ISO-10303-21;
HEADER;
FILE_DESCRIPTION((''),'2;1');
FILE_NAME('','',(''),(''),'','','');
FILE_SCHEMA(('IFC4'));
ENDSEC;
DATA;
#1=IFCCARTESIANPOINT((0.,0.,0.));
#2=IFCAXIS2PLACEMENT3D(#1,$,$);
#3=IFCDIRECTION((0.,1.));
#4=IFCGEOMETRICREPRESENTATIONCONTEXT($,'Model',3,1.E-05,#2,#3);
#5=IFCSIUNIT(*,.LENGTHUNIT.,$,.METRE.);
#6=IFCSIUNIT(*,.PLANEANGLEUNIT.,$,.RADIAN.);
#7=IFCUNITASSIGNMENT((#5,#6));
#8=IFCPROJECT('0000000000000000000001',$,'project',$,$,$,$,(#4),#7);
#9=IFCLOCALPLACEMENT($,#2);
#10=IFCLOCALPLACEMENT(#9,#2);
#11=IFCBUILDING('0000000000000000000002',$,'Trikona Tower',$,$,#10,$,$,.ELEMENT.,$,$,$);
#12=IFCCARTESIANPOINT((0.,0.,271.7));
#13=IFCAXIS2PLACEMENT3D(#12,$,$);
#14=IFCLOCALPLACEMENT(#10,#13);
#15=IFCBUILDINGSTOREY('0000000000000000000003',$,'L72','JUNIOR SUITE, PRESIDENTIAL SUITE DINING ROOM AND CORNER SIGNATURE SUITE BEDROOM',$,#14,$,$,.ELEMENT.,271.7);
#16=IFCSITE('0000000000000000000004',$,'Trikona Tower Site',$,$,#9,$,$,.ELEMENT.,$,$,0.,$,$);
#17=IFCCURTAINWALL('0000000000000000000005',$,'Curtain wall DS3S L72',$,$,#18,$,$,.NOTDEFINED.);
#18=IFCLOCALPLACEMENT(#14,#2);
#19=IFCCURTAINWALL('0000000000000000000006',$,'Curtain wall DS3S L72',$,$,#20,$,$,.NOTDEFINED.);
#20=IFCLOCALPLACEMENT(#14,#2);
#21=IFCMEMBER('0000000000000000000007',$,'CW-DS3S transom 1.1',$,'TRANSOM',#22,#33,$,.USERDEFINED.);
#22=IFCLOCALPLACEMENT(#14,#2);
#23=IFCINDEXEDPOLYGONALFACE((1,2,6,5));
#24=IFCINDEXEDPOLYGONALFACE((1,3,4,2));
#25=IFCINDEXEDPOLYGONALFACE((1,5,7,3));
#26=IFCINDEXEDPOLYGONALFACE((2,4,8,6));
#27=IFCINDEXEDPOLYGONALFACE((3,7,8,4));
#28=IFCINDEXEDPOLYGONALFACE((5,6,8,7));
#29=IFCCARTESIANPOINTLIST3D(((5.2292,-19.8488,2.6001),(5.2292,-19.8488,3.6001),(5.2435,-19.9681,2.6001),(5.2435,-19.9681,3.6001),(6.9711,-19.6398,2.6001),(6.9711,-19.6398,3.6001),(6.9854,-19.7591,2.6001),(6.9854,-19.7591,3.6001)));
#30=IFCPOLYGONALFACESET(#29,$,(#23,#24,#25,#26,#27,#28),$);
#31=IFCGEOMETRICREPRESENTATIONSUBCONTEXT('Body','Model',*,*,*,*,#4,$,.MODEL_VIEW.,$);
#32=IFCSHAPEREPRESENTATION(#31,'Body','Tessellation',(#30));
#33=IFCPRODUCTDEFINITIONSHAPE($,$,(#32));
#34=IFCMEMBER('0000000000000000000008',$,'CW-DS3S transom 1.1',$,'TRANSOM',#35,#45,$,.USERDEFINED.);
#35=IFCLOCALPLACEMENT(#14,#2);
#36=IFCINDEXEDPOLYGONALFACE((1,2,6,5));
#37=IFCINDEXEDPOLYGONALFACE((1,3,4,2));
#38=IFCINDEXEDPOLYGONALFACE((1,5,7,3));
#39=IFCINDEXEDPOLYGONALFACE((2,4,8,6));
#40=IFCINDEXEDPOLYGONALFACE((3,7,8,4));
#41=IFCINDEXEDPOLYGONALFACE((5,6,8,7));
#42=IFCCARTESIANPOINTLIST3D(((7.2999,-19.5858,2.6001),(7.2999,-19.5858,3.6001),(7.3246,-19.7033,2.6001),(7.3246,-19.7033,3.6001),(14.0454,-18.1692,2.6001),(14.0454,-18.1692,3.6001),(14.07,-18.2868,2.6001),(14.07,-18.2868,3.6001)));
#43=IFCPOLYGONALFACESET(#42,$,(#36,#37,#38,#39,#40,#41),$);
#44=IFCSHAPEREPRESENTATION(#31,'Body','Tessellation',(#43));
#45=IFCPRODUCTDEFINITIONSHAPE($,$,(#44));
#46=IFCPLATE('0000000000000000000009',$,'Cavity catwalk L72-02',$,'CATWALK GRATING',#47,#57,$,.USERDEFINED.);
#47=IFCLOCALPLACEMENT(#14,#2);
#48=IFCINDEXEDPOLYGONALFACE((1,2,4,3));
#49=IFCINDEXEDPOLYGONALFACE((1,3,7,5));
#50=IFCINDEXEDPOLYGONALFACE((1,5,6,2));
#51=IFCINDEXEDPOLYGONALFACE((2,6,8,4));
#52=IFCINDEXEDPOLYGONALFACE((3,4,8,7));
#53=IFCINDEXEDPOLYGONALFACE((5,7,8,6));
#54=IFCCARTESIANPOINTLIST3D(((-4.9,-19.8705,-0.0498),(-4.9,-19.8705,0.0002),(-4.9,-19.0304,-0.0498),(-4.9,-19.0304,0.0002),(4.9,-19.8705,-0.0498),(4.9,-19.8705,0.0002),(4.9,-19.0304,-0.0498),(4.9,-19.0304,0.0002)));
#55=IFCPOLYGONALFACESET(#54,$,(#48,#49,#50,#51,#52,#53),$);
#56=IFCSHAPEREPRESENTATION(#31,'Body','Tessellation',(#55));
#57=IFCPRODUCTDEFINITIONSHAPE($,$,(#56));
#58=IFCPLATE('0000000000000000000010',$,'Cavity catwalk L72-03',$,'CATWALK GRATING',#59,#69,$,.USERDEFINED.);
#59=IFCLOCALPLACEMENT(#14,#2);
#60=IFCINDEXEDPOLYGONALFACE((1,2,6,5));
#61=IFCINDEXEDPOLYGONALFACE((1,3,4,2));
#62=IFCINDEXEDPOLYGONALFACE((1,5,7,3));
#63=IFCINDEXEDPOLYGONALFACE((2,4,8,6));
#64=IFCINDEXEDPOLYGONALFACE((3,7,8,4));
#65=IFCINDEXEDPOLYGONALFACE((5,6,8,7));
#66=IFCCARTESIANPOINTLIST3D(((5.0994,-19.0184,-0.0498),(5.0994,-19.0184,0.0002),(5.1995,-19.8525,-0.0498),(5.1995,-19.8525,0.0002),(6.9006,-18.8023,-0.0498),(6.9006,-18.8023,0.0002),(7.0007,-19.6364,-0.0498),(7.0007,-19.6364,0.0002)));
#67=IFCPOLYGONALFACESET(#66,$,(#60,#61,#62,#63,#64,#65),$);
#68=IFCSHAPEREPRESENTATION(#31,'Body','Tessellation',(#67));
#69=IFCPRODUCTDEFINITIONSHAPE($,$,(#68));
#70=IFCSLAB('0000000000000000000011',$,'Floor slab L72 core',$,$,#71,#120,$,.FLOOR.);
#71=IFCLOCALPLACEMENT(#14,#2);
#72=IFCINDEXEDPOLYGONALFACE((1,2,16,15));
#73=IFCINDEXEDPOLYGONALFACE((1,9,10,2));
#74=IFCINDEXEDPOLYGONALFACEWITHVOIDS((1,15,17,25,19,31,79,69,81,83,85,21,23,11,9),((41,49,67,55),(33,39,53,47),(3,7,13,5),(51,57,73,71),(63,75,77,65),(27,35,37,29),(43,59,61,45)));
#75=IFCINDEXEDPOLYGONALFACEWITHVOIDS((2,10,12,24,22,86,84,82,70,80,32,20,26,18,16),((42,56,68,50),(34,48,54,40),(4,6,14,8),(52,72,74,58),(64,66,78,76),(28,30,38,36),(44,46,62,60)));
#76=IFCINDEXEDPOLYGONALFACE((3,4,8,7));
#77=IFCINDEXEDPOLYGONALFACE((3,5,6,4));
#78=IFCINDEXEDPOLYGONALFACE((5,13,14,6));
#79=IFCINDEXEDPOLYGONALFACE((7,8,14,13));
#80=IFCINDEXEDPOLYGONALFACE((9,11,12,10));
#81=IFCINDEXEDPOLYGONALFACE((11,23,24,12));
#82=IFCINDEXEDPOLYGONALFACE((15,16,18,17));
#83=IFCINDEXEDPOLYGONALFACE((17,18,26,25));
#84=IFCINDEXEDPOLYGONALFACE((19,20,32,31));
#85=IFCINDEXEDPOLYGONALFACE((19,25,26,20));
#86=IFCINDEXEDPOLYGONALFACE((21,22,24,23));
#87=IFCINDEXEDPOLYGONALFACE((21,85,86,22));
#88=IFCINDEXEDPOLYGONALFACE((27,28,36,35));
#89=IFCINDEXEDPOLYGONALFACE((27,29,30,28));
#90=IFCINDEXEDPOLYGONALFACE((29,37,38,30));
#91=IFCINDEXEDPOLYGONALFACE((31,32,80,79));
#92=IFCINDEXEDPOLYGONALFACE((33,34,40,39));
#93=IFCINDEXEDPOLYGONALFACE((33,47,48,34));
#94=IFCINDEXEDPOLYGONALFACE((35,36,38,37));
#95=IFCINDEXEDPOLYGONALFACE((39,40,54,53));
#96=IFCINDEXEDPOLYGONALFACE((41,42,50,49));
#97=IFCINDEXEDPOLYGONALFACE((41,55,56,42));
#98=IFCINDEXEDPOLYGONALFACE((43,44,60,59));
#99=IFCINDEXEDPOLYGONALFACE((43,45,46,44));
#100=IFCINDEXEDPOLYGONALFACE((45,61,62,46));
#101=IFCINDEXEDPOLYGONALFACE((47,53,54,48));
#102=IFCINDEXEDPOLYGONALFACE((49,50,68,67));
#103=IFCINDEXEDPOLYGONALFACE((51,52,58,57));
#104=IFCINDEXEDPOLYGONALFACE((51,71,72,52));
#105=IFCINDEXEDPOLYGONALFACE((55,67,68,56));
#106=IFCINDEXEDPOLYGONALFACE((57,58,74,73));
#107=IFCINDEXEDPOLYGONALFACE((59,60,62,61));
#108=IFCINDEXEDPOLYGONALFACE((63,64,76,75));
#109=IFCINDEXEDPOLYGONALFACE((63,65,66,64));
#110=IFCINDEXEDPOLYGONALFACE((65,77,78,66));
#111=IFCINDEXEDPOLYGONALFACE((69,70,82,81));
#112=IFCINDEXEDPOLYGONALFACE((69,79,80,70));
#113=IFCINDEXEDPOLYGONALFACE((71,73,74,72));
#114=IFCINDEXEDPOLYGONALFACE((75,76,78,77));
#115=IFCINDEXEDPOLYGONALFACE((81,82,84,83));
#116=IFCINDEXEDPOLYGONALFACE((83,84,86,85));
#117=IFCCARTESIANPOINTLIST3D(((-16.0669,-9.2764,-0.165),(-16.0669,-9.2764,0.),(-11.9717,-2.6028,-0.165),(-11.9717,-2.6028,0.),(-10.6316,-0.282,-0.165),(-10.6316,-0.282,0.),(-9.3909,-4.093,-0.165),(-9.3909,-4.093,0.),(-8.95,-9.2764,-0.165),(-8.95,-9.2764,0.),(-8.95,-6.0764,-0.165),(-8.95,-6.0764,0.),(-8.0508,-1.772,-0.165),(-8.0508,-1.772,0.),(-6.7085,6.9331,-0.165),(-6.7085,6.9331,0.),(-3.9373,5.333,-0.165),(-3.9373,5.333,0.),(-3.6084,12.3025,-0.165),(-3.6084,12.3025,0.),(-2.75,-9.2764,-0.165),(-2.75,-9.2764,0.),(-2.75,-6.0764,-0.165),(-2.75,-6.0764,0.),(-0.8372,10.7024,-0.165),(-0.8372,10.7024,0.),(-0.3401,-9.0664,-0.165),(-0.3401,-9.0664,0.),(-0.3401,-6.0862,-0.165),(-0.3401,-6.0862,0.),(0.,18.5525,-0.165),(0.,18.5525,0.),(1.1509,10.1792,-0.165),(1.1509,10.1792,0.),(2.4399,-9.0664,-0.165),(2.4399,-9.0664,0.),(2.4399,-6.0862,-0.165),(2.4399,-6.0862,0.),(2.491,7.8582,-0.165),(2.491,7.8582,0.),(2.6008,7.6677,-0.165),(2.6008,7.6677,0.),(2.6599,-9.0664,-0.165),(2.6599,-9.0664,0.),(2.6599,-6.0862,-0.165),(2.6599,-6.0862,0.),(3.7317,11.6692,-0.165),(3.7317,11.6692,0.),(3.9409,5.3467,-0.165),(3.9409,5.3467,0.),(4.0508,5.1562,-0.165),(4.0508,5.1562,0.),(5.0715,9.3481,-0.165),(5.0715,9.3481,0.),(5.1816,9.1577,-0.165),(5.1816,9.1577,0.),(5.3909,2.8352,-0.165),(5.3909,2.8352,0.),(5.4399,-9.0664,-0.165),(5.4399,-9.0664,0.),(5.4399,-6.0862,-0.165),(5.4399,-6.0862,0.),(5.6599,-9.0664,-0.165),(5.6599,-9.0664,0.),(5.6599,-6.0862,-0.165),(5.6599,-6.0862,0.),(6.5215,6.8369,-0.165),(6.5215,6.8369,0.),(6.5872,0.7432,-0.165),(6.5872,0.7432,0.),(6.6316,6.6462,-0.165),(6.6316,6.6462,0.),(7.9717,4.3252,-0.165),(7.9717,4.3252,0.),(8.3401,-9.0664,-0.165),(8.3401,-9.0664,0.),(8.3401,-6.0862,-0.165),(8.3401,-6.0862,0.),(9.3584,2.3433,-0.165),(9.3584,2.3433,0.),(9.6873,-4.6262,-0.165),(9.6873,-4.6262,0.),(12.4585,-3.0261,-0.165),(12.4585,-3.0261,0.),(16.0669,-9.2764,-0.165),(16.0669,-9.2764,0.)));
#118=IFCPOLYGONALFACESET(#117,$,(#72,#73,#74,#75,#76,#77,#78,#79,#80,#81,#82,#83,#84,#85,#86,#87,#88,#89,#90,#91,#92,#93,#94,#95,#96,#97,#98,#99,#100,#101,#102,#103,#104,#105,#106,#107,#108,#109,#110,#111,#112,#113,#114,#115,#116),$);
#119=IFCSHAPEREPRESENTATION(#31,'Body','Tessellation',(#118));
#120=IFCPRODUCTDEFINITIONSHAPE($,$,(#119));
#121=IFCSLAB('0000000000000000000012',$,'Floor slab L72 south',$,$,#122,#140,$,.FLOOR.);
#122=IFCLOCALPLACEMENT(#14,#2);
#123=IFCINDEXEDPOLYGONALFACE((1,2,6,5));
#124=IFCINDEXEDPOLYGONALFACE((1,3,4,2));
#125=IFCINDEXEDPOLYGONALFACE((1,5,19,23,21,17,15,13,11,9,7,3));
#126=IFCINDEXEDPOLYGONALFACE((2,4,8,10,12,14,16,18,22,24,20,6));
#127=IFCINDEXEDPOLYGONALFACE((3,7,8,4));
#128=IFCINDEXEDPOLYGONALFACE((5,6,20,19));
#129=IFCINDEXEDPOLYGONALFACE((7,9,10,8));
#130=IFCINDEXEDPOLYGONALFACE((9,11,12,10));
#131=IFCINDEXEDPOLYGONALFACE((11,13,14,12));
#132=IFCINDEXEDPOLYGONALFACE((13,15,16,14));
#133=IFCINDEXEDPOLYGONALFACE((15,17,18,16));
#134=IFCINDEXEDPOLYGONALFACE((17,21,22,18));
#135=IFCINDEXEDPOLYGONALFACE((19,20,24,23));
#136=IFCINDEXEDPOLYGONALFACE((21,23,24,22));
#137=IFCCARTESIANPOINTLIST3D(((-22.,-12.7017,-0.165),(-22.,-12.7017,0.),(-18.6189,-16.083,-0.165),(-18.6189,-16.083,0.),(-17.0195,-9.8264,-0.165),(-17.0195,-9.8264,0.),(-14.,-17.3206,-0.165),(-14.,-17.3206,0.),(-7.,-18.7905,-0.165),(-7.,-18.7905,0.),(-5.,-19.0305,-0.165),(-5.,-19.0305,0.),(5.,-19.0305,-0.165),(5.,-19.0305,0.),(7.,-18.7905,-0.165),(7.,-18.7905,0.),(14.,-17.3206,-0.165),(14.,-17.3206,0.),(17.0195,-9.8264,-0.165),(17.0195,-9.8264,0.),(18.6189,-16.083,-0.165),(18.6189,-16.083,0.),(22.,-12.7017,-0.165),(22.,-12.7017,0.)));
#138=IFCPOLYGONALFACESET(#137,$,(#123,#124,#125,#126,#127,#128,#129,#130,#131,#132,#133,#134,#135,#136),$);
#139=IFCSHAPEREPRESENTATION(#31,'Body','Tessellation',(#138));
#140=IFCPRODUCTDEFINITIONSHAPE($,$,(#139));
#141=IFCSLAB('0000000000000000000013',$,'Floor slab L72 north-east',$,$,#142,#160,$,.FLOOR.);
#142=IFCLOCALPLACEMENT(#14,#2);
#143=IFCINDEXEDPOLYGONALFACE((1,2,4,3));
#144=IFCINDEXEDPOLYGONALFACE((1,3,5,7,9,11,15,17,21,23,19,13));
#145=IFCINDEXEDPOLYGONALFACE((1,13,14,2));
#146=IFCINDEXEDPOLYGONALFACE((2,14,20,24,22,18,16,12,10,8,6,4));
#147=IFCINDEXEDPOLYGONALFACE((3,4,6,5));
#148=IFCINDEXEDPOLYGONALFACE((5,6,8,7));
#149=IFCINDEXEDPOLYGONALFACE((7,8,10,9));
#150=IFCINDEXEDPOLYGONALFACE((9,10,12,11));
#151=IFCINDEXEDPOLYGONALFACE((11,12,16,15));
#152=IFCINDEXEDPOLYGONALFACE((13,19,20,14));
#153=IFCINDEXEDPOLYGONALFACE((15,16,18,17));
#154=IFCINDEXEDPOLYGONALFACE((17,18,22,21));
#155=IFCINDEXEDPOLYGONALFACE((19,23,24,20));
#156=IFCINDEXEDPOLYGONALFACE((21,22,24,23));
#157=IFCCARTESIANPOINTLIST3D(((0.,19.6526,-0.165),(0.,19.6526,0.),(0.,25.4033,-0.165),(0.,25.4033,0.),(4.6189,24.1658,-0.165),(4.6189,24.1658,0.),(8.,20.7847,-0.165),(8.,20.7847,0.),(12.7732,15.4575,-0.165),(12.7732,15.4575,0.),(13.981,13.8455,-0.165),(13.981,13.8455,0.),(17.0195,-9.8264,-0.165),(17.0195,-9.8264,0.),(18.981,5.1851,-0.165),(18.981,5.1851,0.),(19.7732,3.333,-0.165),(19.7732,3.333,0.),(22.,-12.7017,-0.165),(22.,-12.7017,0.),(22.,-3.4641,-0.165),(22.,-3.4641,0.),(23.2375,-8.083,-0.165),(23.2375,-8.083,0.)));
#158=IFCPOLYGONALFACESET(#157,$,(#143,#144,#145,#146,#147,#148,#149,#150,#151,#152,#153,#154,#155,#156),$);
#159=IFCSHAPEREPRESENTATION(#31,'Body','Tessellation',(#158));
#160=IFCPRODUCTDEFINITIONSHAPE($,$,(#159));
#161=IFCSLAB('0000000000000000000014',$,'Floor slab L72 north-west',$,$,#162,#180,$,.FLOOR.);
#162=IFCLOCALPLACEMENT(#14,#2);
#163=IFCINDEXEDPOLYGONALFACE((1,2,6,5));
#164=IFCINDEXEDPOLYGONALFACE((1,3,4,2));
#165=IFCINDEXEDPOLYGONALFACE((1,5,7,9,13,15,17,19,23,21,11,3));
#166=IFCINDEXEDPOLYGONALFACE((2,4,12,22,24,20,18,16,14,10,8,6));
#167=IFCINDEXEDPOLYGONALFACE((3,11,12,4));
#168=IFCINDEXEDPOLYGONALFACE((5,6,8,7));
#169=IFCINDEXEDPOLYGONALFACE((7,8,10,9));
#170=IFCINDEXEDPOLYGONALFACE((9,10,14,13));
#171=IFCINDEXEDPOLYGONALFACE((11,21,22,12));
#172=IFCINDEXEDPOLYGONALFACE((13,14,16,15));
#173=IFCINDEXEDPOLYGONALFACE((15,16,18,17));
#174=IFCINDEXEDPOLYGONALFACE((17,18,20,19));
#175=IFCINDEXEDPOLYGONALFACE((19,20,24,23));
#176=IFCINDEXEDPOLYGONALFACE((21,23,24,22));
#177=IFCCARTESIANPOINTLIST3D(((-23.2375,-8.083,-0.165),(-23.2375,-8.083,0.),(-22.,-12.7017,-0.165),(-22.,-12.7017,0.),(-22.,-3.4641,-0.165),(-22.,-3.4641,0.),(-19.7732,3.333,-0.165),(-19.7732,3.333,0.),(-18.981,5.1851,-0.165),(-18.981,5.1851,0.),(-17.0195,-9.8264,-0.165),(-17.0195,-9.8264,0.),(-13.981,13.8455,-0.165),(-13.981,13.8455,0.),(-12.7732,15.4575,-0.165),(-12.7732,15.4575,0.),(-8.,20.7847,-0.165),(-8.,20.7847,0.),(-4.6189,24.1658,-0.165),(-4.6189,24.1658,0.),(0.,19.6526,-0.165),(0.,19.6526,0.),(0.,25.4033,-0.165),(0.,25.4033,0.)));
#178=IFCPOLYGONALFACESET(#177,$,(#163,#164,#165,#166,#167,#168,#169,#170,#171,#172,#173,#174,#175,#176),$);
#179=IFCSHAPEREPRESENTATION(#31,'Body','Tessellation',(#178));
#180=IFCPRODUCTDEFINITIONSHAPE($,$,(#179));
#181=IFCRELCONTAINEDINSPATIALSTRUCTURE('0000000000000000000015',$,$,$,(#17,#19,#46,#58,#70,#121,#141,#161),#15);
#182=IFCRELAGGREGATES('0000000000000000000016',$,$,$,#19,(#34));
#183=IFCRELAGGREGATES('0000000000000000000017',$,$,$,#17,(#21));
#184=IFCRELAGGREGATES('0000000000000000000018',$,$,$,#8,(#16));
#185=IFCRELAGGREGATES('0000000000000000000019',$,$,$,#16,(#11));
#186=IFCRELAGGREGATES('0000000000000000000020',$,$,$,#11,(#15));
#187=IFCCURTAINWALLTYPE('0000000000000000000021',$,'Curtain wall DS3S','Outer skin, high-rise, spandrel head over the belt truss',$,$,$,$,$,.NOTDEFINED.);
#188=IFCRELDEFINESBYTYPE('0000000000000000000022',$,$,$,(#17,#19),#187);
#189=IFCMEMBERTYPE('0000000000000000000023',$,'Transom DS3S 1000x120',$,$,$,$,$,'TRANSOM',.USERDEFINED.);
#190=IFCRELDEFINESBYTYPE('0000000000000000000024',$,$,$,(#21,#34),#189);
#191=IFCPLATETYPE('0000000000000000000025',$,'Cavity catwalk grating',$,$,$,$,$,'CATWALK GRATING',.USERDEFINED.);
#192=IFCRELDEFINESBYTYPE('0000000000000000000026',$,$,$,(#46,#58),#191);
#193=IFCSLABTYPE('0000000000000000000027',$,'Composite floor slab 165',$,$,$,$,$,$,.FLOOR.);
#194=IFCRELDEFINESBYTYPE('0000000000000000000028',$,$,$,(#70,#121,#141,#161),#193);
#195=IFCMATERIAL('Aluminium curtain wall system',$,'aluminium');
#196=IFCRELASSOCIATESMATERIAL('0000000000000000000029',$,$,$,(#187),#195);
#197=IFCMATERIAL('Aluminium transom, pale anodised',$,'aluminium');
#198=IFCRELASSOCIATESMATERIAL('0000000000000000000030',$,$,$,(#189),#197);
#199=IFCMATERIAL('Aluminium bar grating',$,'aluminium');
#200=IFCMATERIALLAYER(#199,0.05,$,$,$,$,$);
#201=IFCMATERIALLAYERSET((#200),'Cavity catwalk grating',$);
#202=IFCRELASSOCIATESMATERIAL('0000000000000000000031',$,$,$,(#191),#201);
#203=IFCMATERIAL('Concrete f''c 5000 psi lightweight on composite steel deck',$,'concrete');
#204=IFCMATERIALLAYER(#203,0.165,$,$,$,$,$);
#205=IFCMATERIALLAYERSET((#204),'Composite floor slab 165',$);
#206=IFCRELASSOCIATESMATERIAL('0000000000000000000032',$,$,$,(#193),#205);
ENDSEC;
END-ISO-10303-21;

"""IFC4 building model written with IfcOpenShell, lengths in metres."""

from ifc_helpers import new_model, si_unit, direction, frame, origin, origin_2d, place, context, subcontext, project, spatial, polyline, rectangle, outline, extrude, material, layer, layer_set, material_profile, profile_set, type_object, element, aggregate, save


model = new_model("IFC4")

# Units and contexts
model_context = context("Model", 3, precision=1e-05, world=origin(), true_north=direction((0.0, 1.0)))
body_context = subcontext(model_context, "Body", "Model", "MODEL_VIEW")
ifc_project = project(units=[si_unit("LENGTHUNIT", "METRE"), si_unit("PLANEANGLEUNIT", "RADIAN")], contexts=[model_context])

# Site, building, storey
site_placement = place(None, origin())
site = spatial("IfcSite", under=ifc_project, at=site_placement, Name="Trikona Tower Site", CompositionType="ELEMENT", RefElevation=0.0)
building_placement = place(site_placement, origin())
building = spatial("IfcBuilding", under=site, at=building_placement, Name="Trikona Tower", CompositionType="ELEMENT")
storey_placement = place(building_placement, frame((0.0, 0.0, 271.7)))
storey = spatial("IfcBuildingStorey", under=building, at=storey_placement, Name="L72", Description="JUNIOR SUITE, PRESIDENTIAL SUITE DINING ROOM AND CORNER SIGNATURE SUITE BEDROOM", CompositionType="ELEMENT", Elevation=271.7)

# Shared definitions
ifc_material_1 = material(Name="Aluminium curtain wall system", Category="aluminium")
curtain_wall_type = type_object("IfcCurtainWallType", Name="Curtain wall DS3S", Description="Outer skin, high-rise, spandrel head over the belt truss", PredefinedType="NOTDEFINED", material=ifc_material_1)

# Curtain wall
curtain_wall_1_placement = place(storey_placement, origin())
curtain_wall_1 = element("IfcCurtainWall", 1, at=curtain_wall_1_placement, inside=storey, type_object=curtain_wall_type, Name="Curtain wall DS3S L72", PredefinedType="NOTDEFINED")

# Curtain wall
curtain_wall_2_placement = place(storey_placement, origin())
curtain_wall_2 = element("IfcCurtainWall", 2, at=curtain_wall_2_placement, inside=storey, type_object=curtain_wall_type, Name="Curtain wall DS3S L72", PredefinedType="NOTDEFINED")

# Members
ifc_material_2 = material(Name="Aluminium transom, pale anodised", Category="aluminium")
ifc_material_profile_1 = material_profile(ifc_material_2, rectangle(XDim=0.1201, YDim=1.0, at=origin_2d()), Name="TRN-DS3S")
ifc_profile_set_1 = profile_set([ifc_material_profile_1], Name="Aluminium transom, pale anodised")
member_type_1 = type_object("IfcMemberType", Name="Transom DS3S 1000x120", ElementType="TRANSOM", PredefinedType="USERDEFINED", material=ifc_profile_set_1)
member_1_placement = place(storey_placement, frame((5.2363, -19.9084, 3.1001), z_axis=(0.99288, 0.119118, 0.0), x_axis=(-0.119118, 0.99288, 0.0)))
member_1 = element("IfcMember", 3, at=member_1_placement, type_object=member_type_1, Name="CW-DS3S transom 1.1", ObjectType="TRANSOM", PredefinedType="USERDEFINED", context=body_context, shape_type="SweptSolid", body=[
    extrude(rectangle(XDim=0.1201, YDim=1.0, at=origin_2d()), origin(), (0.0, 0.0, 1.0), 1.7544),
])
member_2_placement = place(storey_placement, frame((7.3123, -19.6445, 3.1001), z_axis=(0.978654, 0.205514, 0.0), x_axis=(-0.205514, 0.978654, 0.0)))
member_2 = element("IfcMember", 4, at=member_2_placement, type_object=member_type_1, Name="CW-DS3S transom 1.1", ObjectType="TRANSOM", PredefinedType="USERDEFINED", context=body_context, shape_type="SweptSolid", body=[
    extrude(rectangle(XDim=0.1201, YDim=1.0, at=origin_2d()), origin(), (0.0, 0.0, 1.0), 6.8926),
])
aggregate(curtain_wall_2, [member_2])

# Plates
ifc_material_3 = material(Name="Aluminium bar grating", Category="aluminium")
ifc_layer_1 = layer(ifc_material_3, 0.05)
ifc_layer_set_1 = layer_set([ifc_layer_1], Name="Cavity catwalk grating")
plate_type_1 = type_object("IfcPlateType", Name="Cavity catwalk grating", ElementType="CATWALK GRATING", PredefinedType="USERDEFINED", material=ifc_layer_set_1)
plate_1_placement = place(storey_placement, frame((0.0, -19.4504, -0.0498), z_axis=(0.0, 0.0, 1.0), x_axis=(1.0, 0.0, 0.0)))
element("IfcPlate", 5, at=plate_1_placement, inside=storey, type_object=plate_type_1, Name="Cavity catwalk L72-02", ObjectType="CATWALK GRATING", PredefinedType="USERDEFINED", context=body_context, shape_type="SweptSolid", body=[
    extrude(rectangle(XDim=9.8, YDim=0.8401, at=origin_2d()), origin(), (0.0, 0.0, 1.0), 0.05),
])
plate_2_placement = place(storey_placement, frame((6.05, -19.3274, -0.0498), z_axis=(0.0, 0.0, 1.0), x_axis=(0.992877, 0.119146, 0.0)))
element("IfcPlate", 6, at=plate_2_placement, inside=storey, type_object=plate_type_1, Name="Cavity catwalk L72-03", ObjectType="CATWALK GRATING", PredefinedType="USERDEFINED", context=body_context, shape_type="SweptSolid", body=[
    extrude(rectangle(XDim=1.8142, YDim=0.8401, at=origin_2d()), origin(), (0.0, 0.0, 1.0), 0.05),
])

# Slabs
ifc_material_4 = material(Name="Concrete f'c 5000 psi lightweight on composite steel deck", Category="concrete")
ifc_layer_2 = layer(ifc_material_4, 0.165)
ifc_layer_set_2 = layer_set([ifc_layer_2], Name="Composite floor slab 165")
slab_type_1 = type_object("IfcSlabType", Name="Composite floor slab 165", PredefinedType="FLOOR", material=ifc_layer_set_2)
slab_1_placement = place(storey_placement, frame((0.0, 0.0, -0.165)))
element("IfcSlab", 7, at=slab_1_placement, inside=storey, type_object=slab_type_1, Name="Floor slab L72 core", PredefinedType="FLOOR", context=body_context, shape_type="SweptSolid", body=[
    extrude(outline(polyline([(-16.0669, -9.2764), (-8.95, -9.2764), (-8.95, -6.0764), (-2.75, -6.0764), (-2.75, -9.2764), (16.0669, -9.2764), (12.4585, -3.0261), (9.6873, -4.6262), (6.5872, 0.7432), (9.3584, 2.3433), (0.0, 18.5525), (-3.6084, 12.3025), (-0.8372, 10.7024), (-3.9373, 5.333), (-6.7085, 6.9331), (-16.0669, -9.2764)]), holes=[polyline([(5.6599, -6.0862), (5.6599, -9.0664), (8.3401, -9.0664), (8.3401, -6.0862), (5.6599, -6.0862)]), polyline([(6.6316, 6.6462), (4.0508, 5.1562), (5.3909, 2.8352), (7.9717, 4.3252), (6.6316, 6.6462)]), polyline([(6.5215, 6.8369), (5.1816, 9.1577), (2.6008, 7.6677), (3.9409, 5.3467), (6.5215, 6.8369)]), polyline([(2.6599, -9.0664), (5.4399, -9.0664), (5.4399, -6.0862), (2.6599, -6.0862), (2.6599, -9.0664)]), polyline([(2.491, 7.8582), (5.0715, 9.3481), (3.7317, 11.6692), (1.1509, 10.1792), (2.491, 7.8582)]), polyline([(2.4399, -9.0664), (2.4399, -6.0862), (-0.3401, -6.0862), (-0.3401, -9.0664), (2.4399, -9.0664)]), polyline([(-11.9717, -2.6028), (-9.3909, -4.093), (-8.0508, -1.772), (-10.6316, -0.282), (-11.9717, -2.6028)])]), origin(), (0.0, 0.0, 1.0), 0.165),
])
slab_2_placement = place(storey_placement, frame((0.0, 0.0, -0.165)))
element("IfcSlab", 8, at=slab_2_placement, inside=storey, type_object=slab_type_1, Name="Floor slab L72 south", PredefinedType="FLOOR", context=body_context, shape_type="SweptSolid", body=[
    extrude(outline(polyline([(18.6189, -16.083), (22.0, -12.7017), (17.0195, -9.8264), (-17.0195, -9.8264), (-22.0, -12.7017), (-18.6189, -16.083), (-14.0, -17.3206), (-7.0, -18.7905), (-5.0, -19.0305), (5.0, -19.0305), (7.0, -18.7905), (14.0, -17.3206), (18.6189, -16.083)])), origin(), (0.0, 0.0, 1.0), 0.165),
])
slab_3_placement = place(storey_placement, frame((0.0, 0.0, -0.165)))
element("IfcSlab", 9, at=slab_3_placement, inside=storey, type_object=slab_type_1, Name="Floor slab L72 north-east", PredefinedType="FLOOR", context=body_context, shape_type="SweptSolid", body=[
    extrude(outline(polyline([(4.6189, 24.1658), (0.0, 25.4033), (0.0, 19.6526), (17.0195, -9.8264), (22.0, -12.7017), (23.2375, -8.083), (22.0, -3.4641), (19.7732, 3.333), (18.981, 5.1851), (13.981, 13.8455), (12.7732, 15.4575), (8.0, 20.7847), (4.6189, 24.1658)])), origin(), (0.0, 0.0, 1.0), 0.165),
])
slab_4_placement = place(storey_placement, frame((0.0, 0.0, -0.165)))
element("IfcSlab", 10, at=slab_4_placement, inside=storey, type_object=slab_type_1, Name="Floor slab L72 north-west", PredefinedType="FLOOR", context=body_context, shape_type="SweptSolid", body=[
    extrude(outline(polyline([(0.0, 19.6526), (0.0, 25.4033), (-4.6189, 24.1658), (-8.0, 20.7847), (-12.7732, 15.4575), (-13.981, 13.8455), (-18.981, 5.1851), (-19.7732, 3.333), (-22.0, -3.4641), (-23.2375, -8.083), (-22.0, -12.7017), (-17.0195, -9.8264), (0.0, 19.6526)])), origin(), (0.0, 0.0, 1.0), 0.165),
])

aggregate(curtain_wall_1, [member_1])

save(model, "model.ifc")
